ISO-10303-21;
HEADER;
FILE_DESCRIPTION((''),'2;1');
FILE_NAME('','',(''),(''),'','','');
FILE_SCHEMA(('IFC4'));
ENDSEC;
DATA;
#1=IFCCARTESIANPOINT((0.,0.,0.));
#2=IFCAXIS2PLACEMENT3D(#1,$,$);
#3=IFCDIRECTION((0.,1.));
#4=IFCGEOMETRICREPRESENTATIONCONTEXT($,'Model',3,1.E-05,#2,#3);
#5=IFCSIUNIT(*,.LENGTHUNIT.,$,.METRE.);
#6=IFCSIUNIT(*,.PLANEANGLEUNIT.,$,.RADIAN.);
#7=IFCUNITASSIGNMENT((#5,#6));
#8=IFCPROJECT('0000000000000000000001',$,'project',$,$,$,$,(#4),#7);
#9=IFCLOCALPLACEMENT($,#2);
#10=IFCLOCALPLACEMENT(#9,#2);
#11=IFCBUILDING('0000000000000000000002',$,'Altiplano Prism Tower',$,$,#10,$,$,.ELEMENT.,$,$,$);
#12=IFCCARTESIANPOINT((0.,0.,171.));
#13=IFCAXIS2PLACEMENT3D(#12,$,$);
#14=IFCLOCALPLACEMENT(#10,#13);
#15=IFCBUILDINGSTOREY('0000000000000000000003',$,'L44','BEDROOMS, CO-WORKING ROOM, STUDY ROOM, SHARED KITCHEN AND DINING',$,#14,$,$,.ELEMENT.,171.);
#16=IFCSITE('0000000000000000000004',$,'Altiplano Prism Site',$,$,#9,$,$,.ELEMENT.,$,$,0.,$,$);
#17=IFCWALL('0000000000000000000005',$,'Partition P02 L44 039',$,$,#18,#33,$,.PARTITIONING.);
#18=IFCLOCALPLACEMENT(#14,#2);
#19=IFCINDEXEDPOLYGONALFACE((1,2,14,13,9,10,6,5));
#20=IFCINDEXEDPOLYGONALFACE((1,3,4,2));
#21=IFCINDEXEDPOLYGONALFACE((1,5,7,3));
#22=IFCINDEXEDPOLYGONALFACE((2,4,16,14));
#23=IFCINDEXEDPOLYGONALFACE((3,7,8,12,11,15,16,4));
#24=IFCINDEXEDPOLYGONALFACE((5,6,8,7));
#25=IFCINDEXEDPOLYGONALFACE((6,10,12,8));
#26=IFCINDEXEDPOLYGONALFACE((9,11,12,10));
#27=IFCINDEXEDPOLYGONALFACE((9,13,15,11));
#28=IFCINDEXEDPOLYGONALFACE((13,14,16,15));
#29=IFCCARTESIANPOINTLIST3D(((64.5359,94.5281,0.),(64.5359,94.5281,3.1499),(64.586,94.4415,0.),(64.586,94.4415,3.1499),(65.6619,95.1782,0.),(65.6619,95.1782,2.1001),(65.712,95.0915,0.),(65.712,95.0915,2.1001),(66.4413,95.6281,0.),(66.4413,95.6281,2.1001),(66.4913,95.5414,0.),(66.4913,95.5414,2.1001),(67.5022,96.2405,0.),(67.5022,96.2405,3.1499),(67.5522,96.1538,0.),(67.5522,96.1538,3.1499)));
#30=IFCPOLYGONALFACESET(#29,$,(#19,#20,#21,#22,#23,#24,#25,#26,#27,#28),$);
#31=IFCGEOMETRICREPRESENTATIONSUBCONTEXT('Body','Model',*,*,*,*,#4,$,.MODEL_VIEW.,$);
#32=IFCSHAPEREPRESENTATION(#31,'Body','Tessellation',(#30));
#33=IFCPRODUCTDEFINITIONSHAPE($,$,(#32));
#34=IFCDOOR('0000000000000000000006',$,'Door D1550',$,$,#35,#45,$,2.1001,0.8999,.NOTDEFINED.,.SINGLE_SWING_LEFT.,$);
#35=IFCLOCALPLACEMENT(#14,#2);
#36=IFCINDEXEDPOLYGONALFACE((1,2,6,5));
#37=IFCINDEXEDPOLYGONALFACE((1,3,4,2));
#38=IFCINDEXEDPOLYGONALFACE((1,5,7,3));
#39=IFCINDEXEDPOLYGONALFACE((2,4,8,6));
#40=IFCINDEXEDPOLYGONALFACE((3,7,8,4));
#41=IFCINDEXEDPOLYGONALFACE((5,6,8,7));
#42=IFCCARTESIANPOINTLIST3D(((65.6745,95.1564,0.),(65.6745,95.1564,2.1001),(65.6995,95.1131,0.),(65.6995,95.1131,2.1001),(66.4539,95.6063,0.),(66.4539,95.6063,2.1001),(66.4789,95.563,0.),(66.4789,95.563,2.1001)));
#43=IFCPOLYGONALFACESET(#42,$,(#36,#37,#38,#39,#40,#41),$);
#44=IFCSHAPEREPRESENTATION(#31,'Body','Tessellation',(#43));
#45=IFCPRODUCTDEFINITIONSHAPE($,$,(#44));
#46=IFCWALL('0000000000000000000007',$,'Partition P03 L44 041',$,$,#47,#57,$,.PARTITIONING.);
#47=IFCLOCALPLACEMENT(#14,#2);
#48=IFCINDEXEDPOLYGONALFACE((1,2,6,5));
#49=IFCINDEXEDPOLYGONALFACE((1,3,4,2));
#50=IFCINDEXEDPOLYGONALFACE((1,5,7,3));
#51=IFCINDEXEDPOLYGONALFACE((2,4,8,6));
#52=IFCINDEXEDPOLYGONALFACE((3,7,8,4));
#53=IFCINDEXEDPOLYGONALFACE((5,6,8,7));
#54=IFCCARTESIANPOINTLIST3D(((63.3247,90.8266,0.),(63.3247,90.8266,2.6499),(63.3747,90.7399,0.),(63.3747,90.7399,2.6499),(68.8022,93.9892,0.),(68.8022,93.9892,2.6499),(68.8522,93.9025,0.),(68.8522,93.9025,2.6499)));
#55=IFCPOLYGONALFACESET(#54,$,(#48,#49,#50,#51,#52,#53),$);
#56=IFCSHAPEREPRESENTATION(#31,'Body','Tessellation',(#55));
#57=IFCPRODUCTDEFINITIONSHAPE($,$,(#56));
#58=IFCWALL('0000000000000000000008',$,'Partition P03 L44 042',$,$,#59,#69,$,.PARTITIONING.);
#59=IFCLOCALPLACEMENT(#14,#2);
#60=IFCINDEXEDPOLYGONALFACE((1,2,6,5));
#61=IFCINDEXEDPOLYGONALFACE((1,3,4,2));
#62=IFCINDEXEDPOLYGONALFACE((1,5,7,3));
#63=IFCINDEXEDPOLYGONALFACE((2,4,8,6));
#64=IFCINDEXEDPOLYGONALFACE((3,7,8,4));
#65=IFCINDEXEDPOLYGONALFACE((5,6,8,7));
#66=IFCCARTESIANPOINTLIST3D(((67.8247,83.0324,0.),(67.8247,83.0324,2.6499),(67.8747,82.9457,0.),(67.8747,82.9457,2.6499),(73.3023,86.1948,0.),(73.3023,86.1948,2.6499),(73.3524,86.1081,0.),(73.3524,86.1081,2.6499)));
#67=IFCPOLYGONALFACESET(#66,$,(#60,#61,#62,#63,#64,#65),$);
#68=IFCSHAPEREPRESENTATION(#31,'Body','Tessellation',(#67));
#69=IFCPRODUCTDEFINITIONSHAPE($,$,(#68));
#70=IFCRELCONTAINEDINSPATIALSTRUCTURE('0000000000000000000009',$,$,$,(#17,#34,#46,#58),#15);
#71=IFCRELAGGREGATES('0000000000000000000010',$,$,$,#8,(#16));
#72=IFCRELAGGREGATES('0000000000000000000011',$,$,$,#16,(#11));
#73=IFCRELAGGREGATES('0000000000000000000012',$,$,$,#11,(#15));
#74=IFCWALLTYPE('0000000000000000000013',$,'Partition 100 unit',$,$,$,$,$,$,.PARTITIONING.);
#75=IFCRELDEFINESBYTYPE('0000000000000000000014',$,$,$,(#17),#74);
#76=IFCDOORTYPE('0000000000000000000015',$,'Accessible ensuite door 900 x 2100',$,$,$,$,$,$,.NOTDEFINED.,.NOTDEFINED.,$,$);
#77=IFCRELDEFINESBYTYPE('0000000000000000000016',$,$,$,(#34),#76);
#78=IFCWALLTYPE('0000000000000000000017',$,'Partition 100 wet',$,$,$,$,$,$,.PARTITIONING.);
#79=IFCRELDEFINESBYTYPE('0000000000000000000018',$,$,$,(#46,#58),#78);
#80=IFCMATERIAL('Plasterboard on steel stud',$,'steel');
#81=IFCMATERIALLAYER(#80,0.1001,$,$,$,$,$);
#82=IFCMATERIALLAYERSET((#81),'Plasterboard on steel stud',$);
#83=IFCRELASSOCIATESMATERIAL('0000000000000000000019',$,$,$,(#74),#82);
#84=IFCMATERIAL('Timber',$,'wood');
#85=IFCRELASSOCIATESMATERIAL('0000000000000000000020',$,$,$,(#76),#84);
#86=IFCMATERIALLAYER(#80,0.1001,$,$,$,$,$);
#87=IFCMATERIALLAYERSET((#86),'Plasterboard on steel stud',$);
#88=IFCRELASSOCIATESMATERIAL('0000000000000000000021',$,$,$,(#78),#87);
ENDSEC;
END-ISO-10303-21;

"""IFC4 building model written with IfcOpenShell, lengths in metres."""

from ifc_helpers import new_model, si_unit, direction, frame, frame_2d, origin, place, context, subcontext, project, spatial, rectangle, extrude, material, layer, layer_set, type_object, element, fill, save


model = new_model("IFC4")

# Units and contexts
model_context = context("Model", 3, precision=1e-05, world=origin(), true_north=direction((0.0, 1.0)))
body_context = subcontext(model_context, "Body", "Model", "MODEL_VIEW")
ifc_project = project(units=[si_unit("LENGTHUNIT", "METRE"), si_unit("PLANEANGLEUNIT", "RADIAN")], contexts=[model_context])

# Site, building, storey
site_placement = place(None, origin())
site = spatial("IfcSite", under=ifc_project, at=site_placement, Name="Altiplano Prism Site", CompositionType="ELEMENT", RefElevation=0.0)
building_placement = place(site_placement, origin())
building = spatial("IfcBuilding", under=site, at=building_placement, Name="Altiplano Prism Tower", CompositionType="ELEMENT")
storey_placement = place(building_placement, frame((0.0, 0.0, 171.0)))
storey = spatial("IfcBuildingStorey", under=building, at=storey_placement, Name="L44", Description="BEDROOMS, CO-WORKING ROOM, STUDY ROOM, SHARED KITCHEN AND DINING", CompositionType="ELEMENT", Elevation=171.0)

# Shared definitions
ifc_material_1 = material(Name="Plasterboard on steel stud", Category="steel")
ifc_layer_1 = layer(ifc_material_1, 0.1001)
ifc_layer_set_1 = layer_set([ifc_layer_1], Name="Plasterboard on steel stud")
wall_type_1 = type_object("IfcWallType", Name="Partition 100 unit", PredefinedType="PARTITIONING", material=ifc_layer_set_1)

# Wall, opening, door
wall_1_placement = place(storey_placement, frame((64.561, 94.4849, 0.0), z_axis=(0.0, 0.0, 1.0), x_axis=(0.86605, 0.499957, 0.0)))
wall_1 = element("IfcWall", 1, at=wall_1_placement, inside=storey, type_object=wall_type_1, Name="Partition P02 L44 039", PredefinedType="PARTITIONING", context=body_context, shape_type="SweptSolid", body=[
    extrude(rectangle(XDim=3.425, YDim=0.1001, at=frame_2d((1.7124, 0.0))), origin(), (0.0, 0.0, 1.0), 3.1499),
])
opening_placement = place(wall_1_placement, frame((1.3, 0.0, 0.0)))
opening = element("IfcOpeningElement", 2, at=opening_placement, cuts=wall_1, PredefinedType="OPENING", context=body_context, shape_type="SweptSolid", body=[
    extrude(rectangle(XDim=0.8999, YDim=2.1001, at=frame_2d((0.45, 1.05))), frame((0.0, 0.0605, 0.0), z_axis=(0.0, -1.0, 0.0), x_axis=(1.0, 0.0, 0.0)), (0.0, 0.0, 1.0), 0.1211),
])
ifc_material_2 = material(Name="Timber", Category="wood")
door_type = type_object("IfcDoorType", Name="Accessible ensuite door 900 x 2100", OperationType="NOTDEFINED", PredefinedType="NOTDEFINED", material=ifc_material_2)
door_placement = place(opening_placement, origin())
door = element("IfcDoor", 3, at=door_placement, inside=storey, type_object=door_type, Name="Door D1550", OperationType="SINGLE_SWING_LEFT", OverallHeight=2.1001, OverallWidth=0.8999, PredefinedType="NOTDEFINED", context=body_context, shape_type="SweptSolid", body=[
    extrude(rectangle(XDim=0.8999, YDim=2.1001, at=frame_2d((0.45, 1.05))), frame((0.0, 0.0249, 0.0), z_axis=(0.0, -1.0, 0.0), x_axis=(1.0, 0.0, 0.0)), (0.0, 0.0, 1.0), 0.05),
])
fill(opening, door)

# Walls
ifc_layer_2 = layer(ifc_material_1, 0.1001)
ifc_layer_set_2 = layer_set([ifc_layer_2], Name="Plasterboard on steel stud")
wall_type_2 = type_object("IfcWallType", Name="Partition 100 wet", PredefinedType="PARTITIONING", material=ifc_layer_set_2)
for number, where, z_axis, x_axis, name in (
    (4, (63.3496, 90.7832, 0.0), (0.0, 0.0, 1.0), (0.866016, 0.500016, 0.0), "Partition P03 L44 041"),
    (5, (67.8496, 82.989, 0.0), (0.0, 0.0, 1.0), (0.866033, 0.499988, 0.0), "Partition P03 L44 042"),
):
    element("IfcWall", number, at=place(storey_placement, frame(where, z_axis=z_axis, x_axis=x_axis)), inside=storey, type_object=wall_type_2, Name=name, PredefinedType="PARTITIONING", context=body_context, shape_type="SweptSolid", body=[
        extrude(rectangle(XDim=6.325, YDim=0.1001, at=frame_2d((3.1626, 0.0))), origin(), (0.0, 0.0, 1.0), 2.6499),
    ])

save(model, "model.ifc")
